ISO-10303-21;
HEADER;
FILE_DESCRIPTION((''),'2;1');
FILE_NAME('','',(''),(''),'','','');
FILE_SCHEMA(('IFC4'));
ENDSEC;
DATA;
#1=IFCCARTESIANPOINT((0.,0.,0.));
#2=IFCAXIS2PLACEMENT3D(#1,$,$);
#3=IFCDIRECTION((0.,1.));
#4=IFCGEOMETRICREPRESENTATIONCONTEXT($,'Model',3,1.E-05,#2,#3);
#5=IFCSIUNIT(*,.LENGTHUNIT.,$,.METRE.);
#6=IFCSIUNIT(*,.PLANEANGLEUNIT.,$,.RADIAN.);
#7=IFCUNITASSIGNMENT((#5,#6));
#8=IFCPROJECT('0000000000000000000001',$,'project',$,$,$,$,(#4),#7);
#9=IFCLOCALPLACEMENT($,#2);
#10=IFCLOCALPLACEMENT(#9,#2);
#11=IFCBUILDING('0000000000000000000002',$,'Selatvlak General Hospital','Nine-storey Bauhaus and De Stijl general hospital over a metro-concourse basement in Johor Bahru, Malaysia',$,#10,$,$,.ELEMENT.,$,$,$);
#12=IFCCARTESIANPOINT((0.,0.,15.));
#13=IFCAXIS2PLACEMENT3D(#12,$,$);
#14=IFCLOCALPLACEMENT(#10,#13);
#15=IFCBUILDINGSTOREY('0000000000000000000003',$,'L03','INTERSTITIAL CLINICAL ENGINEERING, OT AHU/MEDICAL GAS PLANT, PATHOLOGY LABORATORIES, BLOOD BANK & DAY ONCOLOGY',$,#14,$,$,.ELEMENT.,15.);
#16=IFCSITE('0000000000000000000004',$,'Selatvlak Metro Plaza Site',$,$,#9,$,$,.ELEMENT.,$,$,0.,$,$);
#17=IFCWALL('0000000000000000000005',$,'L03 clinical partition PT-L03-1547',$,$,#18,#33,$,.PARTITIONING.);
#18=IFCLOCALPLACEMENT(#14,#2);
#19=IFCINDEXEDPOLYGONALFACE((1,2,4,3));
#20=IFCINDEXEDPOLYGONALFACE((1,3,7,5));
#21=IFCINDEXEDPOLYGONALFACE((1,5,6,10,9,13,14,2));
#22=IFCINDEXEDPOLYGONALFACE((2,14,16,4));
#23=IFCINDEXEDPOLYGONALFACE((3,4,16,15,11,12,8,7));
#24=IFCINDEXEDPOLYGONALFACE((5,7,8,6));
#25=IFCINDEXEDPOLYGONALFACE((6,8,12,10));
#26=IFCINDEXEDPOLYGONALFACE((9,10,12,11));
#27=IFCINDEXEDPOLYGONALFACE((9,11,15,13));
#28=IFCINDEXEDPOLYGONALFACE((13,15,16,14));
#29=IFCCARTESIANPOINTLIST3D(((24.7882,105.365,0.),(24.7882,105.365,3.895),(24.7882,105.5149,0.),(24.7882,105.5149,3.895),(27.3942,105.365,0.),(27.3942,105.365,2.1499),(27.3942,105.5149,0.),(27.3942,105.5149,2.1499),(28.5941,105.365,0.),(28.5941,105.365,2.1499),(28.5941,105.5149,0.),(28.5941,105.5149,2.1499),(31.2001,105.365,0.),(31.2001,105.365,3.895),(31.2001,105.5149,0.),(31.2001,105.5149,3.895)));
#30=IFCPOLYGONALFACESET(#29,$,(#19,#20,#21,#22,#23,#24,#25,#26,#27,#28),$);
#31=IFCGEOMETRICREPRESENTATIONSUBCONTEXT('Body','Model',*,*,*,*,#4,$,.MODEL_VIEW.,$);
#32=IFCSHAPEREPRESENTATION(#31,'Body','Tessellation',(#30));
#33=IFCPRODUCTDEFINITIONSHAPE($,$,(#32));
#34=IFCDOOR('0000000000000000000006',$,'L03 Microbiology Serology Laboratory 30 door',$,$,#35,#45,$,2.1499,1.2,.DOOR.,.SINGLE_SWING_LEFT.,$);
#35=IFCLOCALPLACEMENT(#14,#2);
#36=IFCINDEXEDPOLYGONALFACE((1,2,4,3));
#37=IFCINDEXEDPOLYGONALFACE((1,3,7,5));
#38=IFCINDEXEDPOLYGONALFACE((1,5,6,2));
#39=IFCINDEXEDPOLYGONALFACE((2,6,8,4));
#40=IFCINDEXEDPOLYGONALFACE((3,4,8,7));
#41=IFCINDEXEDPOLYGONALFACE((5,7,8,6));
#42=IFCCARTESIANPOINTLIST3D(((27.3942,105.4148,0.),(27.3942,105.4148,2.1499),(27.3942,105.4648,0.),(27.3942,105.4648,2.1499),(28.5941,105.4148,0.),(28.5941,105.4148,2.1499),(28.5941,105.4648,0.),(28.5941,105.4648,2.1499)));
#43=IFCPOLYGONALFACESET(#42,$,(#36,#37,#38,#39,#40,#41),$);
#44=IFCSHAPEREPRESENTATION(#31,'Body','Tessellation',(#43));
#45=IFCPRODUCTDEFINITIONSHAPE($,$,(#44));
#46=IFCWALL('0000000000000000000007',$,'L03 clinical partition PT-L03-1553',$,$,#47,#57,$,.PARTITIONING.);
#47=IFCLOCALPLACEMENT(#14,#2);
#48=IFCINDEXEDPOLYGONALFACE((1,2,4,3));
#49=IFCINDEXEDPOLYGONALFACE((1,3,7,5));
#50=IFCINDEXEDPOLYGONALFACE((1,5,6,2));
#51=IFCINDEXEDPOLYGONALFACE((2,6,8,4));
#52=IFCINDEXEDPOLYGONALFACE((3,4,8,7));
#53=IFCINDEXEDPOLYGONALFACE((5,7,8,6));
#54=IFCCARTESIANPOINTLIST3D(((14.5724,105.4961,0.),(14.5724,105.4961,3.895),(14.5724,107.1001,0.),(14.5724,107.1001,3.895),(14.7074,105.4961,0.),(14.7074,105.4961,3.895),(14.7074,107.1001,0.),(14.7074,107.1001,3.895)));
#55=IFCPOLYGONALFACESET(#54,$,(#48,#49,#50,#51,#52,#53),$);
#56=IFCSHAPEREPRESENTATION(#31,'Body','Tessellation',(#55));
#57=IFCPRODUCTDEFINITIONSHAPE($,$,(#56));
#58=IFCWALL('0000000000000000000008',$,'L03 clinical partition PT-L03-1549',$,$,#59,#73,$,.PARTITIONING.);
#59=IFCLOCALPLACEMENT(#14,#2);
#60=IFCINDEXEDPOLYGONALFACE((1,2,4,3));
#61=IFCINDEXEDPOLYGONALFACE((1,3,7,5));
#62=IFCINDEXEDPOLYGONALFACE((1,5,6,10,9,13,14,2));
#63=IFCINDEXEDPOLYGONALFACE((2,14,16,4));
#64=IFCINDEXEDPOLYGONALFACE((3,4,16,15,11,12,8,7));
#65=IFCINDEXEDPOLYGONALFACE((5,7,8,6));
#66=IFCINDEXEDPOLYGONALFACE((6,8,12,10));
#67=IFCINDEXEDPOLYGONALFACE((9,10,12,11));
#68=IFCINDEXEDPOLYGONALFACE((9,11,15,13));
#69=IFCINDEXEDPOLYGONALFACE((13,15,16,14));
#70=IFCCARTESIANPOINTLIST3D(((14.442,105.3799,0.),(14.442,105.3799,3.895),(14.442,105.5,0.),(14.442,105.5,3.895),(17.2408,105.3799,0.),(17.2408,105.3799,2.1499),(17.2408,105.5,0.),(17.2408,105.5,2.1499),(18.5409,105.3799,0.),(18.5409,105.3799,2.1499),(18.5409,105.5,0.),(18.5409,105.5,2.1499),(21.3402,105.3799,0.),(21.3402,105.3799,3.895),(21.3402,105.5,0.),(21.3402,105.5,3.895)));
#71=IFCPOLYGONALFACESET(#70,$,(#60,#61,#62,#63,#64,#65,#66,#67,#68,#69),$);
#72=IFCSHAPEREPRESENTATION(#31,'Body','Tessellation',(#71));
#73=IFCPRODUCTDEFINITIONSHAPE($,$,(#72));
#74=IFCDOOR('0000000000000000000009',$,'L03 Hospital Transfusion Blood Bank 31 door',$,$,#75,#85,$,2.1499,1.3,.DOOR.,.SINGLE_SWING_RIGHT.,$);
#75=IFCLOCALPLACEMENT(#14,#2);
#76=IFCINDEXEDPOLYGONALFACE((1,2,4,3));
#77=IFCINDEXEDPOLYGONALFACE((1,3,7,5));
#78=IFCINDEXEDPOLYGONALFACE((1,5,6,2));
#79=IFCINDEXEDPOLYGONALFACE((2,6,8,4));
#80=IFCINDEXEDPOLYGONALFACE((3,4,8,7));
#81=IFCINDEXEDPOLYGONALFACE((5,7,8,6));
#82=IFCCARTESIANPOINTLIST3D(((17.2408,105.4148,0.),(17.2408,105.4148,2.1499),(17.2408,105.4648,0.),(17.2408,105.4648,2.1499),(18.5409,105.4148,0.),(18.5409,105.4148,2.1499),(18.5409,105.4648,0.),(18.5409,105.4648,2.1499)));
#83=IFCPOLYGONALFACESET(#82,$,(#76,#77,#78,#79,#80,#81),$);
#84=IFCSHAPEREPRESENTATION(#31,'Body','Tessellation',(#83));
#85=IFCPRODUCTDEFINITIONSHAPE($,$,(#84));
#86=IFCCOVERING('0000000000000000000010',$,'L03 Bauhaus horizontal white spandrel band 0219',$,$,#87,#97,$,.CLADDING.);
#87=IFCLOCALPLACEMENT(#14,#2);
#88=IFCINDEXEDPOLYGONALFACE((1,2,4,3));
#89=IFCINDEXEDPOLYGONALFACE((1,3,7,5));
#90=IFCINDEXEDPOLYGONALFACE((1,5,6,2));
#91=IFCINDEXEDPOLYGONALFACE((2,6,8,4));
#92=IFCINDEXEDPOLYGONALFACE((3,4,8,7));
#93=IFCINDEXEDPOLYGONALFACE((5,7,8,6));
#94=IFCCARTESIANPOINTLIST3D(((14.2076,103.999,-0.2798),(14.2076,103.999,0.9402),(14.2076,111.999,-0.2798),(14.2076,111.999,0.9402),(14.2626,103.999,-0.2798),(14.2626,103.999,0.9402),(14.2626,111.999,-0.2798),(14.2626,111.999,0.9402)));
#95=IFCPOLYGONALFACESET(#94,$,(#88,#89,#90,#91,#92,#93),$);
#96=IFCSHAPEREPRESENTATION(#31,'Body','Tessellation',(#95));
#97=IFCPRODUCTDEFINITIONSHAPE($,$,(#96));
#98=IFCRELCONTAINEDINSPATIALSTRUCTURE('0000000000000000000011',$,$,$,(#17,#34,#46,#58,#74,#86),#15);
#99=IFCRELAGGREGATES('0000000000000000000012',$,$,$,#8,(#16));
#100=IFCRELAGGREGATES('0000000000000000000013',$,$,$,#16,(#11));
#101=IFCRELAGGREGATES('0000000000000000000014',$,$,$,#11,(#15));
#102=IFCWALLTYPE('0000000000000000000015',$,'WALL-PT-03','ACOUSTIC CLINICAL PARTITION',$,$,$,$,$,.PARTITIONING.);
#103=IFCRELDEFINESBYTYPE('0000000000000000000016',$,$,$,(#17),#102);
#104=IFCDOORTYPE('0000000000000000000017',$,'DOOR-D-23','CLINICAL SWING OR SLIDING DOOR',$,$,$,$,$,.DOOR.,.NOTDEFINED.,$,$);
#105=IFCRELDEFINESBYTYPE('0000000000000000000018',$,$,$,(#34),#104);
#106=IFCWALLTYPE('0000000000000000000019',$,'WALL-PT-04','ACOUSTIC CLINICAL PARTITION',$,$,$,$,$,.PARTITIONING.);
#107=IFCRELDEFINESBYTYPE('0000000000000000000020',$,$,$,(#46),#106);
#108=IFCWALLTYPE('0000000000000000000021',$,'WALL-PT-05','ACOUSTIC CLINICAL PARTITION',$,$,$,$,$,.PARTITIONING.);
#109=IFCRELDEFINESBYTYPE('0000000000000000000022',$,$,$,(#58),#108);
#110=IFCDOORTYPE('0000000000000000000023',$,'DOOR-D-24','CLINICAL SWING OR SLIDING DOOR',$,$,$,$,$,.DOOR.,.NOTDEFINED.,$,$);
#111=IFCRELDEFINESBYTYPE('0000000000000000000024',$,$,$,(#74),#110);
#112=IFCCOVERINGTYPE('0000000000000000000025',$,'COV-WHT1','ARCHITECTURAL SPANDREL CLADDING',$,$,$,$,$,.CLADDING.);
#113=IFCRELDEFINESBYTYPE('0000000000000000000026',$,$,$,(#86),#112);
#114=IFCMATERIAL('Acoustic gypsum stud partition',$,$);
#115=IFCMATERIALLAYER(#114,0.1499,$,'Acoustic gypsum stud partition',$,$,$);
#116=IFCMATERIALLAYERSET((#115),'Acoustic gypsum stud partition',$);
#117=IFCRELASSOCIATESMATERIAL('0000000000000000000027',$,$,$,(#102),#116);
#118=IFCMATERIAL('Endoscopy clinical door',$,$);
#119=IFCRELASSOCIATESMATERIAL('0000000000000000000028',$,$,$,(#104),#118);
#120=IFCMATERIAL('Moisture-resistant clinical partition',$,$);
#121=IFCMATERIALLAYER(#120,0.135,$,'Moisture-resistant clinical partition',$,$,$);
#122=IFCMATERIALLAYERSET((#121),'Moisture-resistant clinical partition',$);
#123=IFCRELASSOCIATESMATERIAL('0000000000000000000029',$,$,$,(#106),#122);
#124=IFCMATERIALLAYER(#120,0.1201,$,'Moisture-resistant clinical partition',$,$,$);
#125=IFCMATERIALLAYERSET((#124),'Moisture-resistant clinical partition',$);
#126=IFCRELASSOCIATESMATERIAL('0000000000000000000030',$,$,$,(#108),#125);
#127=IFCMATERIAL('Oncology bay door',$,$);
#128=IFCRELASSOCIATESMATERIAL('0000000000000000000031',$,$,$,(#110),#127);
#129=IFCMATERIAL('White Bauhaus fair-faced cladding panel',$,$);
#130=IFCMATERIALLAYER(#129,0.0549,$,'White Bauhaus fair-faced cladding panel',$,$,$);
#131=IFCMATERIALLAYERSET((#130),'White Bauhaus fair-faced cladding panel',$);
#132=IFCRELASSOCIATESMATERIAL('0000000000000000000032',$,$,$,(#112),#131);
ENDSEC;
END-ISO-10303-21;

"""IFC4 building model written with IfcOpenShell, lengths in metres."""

from ifc_helpers import new_model, si_unit, direction, frame, frame_2d, origin, origin_2d, place, context, subcontext, project, spatial, rectangle, extrude, material, layer, layer_set, type_object, element, fill, save


model = new_model("IFC4")

# Units and contexts
model_context = context("Model", 3, precision=1e-05, world=origin(), true_north=direction((0.0, 1.0)))
body_context = subcontext(model_context, "Body", "Model", "MODEL_VIEW")
ifc_project = project(units=[si_unit("LENGTHUNIT", "METRE"), si_unit("PLANEANGLEUNIT", "RADIAN")], contexts=[model_context])

# Site, building, storey
site_placement = place(None, origin())
site = spatial("IfcSite", under=ifc_project, at=site_placement, Name="Selatvlak Metro Plaza Site", CompositionType="ELEMENT", RefElevation=0.0)
building_placement = place(site_placement, origin())
building = spatial("IfcBuilding", under=site, at=building_placement, Name="Selatvlak General Hospital", Description="Nine-storey Bauhaus and De Stijl general hospital over a metro-concourse basement in Johor Bahru, Malaysia", CompositionType="ELEMENT")
storey_placement = place(building_placement, frame((0.0, 0.0, 15.0)))
storey = spatial("IfcBuildingStorey", under=building, at=storey_placement, Name="L03", Description="INTERSTITIAL CLINICAL ENGINEERING, OT AHU/MEDICAL GAS PLANT, PATHOLOGY LABORATORIES, BLOOD BANK & DAY ONCOLOGY", CompositionType="ELEMENT", Elevation=15.0)

# Shared definitions
ifc_material_1 = material(Name="Acoustic gypsum stud partition")

# Wall, opening, door
ifc_layer_1 = layer(ifc_material_1, 0.1499, Name="Acoustic gypsum stud partition")
ifc_layer_set_1 = layer_set([ifc_layer_1], Name="Acoustic gypsum stud partition")
wall_type_1 = type_object("IfcWallType", Name="WALL-PT-03", Description="ACOUSTIC CLINICAL PARTITION", PredefinedType="PARTITIONING", material=ifc_layer_set_1)
wall_1_placement = place(storey_placement, frame((24.7881, 105.4399, 0.0), z_axis=(0.0, 0.0, 1.0), x_axis=(1.0, 0.0, 0.0)))
wall_1 = element("IfcWall", 1, at=wall_1_placement, inside=storey, type_object=wall_type_1, Name="L03 clinical partition PT-L03-1547", PredefinedType="PARTITIONING", context=body_context, shape_type="SweptSolid", body=[
    extrude(rectangle(XDim=6.4119, YDim=0.1499, at=frame_2d((3.2061, 0.0))), origin(), (0.0, 0.0, 1.0), 3.895),
])
opening_1_placement = place(wall_1_placement, frame((2.606, 0.0, 0.0)))
opening_1 = element("IfcOpeningElement", 2, at=opening_1_placement, cuts=wall_1, PredefinedType="OPENING", context=body_context, shape_type="SweptSolid", body=[
    extrude(rectangle(XDim=1.2, YDim=2.1499, at=frame_2d((0.6001, 1.075))), frame((0.0, 0.085, 0.0), z_axis=(0.0, -1.0, 0.0), x_axis=(1.0, 0.0, 0.0)), (0.0, 0.0, 1.0), 0.1699),
])
ifc_material_2 = material(Name="Endoscopy clinical door")
door_type_1 = type_object("IfcDoorType", Name="DOOR-D-23", Description="CLINICAL SWING OR SLIDING DOOR", OperationType="NOTDEFINED", PredefinedType="DOOR", material=ifc_material_2)
door_1_placement = place(opening_1_placement, origin())
door_1 = element("IfcDoor", 3, at=door_1_placement, inside=storey, type_object=door_type_1, Name="L03 Microbiology Serology Laboratory 30 door", OperationType="SINGLE_SWING_LEFT", OverallHeight=2.1499, OverallWidth=1.2, PredefinedType="DOOR", context=body_context, shape_type="SweptSolid", body=[
    extrude(rectangle(XDim=1.2, YDim=2.1499, at=frame_2d((0.6001, 1.075))), frame((0.0, 0.0249, 0.0), z_axis=(0.0, -1.0, 0.0), x_axis=(1.0, 0.0, 0.0)), (0.0, 0.0, 1.0), 0.05),
])
fill(opening_1, door_1)

# Wall
ifc_material_3 = material(Name="Moisture-resistant clinical partition")
ifc_layer_2 = layer(ifc_material_3, 0.135, Name="Moisture-resistant clinical partition")
ifc_layer_set_2 = layer_set([ifc_layer_2], Name="Moisture-resistant clinical partition")
wall_type_2 = type_object("IfcWallType", Name="WALL-PT-04", Description="ACOUSTIC CLINICAL PARTITION", PredefinedType="PARTITIONING", material=ifc_layer_set_2)
wall_2_placement = place(storey_placement, frame((14.6399, 107.1001, 0.0), z_axis=(0.0, 0.0, 1.0), x_axis=(0.0, -1.0, 0.0)))
element("IfcWall", 4, at=wall_2_placement, inside=storey, type_object=wall_type_2, Name="L03 clinical partition PT-L03-1553", PredefinedType="PARTITIONING", context=body_context, shape_type="SweptSolid", body=[
    extrude(rectangle(XDim=1.604, YDim=0.135, at=frame_2d((0.802, 0.0))), origin(), (0.0, 0.0, 1.0), 3.895),
])

# Wall, opening, door
ifc_layer_3 = layer(ifc_material_3, 0.1201, Name="Moisture-resistant clinical partition")
ifc_layer_set_3 = layer_set([ifc_layer_3], Name="Moisture-resistant clinical partition")
wall_type_3 = type_object("IfcWallType", Name="WALL-PT-05", Description="ACOUSTIC CLINICAL PARTITION", PredefinedType="PARTITIONING", material=ifc_layer_set_3)
wall_3_placement = place(storey_placement, frame((14.4419, 105.4399, 0.0), z_axis=(0.0, 0.0, 1.0), x_axis=(1.0, 0.0, 0.0)))
wall_3 = element("IfcWall", 5, at=wall_3_placement, inside=storey, type_object=wall_type_3, Name="L03 clinical partition PT-L03-1549", PredefinedType="PARTITIONING", context=body_context, shape_type="SweptSolid", body=[
    extrude(rectangle(XDim=6.8982, YDim=0.1201, at=frame_2d((3.4492, 0.0))), origin(), (0.0, 0.0, 1.0), 3.895),
])
opening_2_placement = place(wall_3_placement, frame((2.7991, 0.0, 0.0)))
opening_2 = element("IfcOpeningElement", 6, at=opening_2_placement, cuts=wall_3, PredefinedType="OPENING", context=body_context, shape_type="SweptSolid", body=[
    extrude(rectangle(XDim=1.3, YDim=2.1499, at=frame_2d((0.6499, 1.075))), frame((0.0, 0.0701, 0.0), z_axis=(0.0, -1.0, 0.0), x_axis=(1.0, 0.0, 0.0)), (0.0, 0.0, 1.0), 0.1401),
])
ifc_material_4 = material(Name="Oncology bay door")
door_type_2 = type_object("IfcDoorType", Name="DOOR-D-24", Description="CLINICAL SWING OR SLIDING DOOR", OperationType="NOTDEFINED", PredefinedType="DOOR", material=ifc_material_4)
door_2_placement = place(opening_2_placement, origin())
door_2 = element("IfcDoor", 7, at=door_2_placement, inside=storey, type_object=door_type_2, Name="L03 Hospital Transfusion Blood Bank 31 door", OperationType="SINGLE_SWING_RIGHT", OverallHeight=2.1499, OverallWidth=1.3, PredefinedType="DOOR", context=body_context, shape_type="SweptSolid", body=[
    extrude(rectangle(XDim=1.3, YDim=2.1499, at=frame_2d((0.6499, 1.075))), frame((0.0, 0.0249, 0.0), z_axis=(0.0, -1.0, 0.0), x_axis=(1.0, 0.0, 0.0)), (0.0, 0.0, 1.0), 0.05),
])
fill(opening_2, door_2)

# Covering
ifc_material_5 = material(Name="White Bauhaus fair-faced cladding panel")
ifc_layer_4 = layer(ifc_material_5, 0.0549, Name="White Bauhaus fair-faced cladding panel")
ifc_layer_set_4 = layer_set([ifc_layer_4], Name="White Bauhaus fair-faced cladding panel")
covering_type = type_object("IfcCoveringType", Name="COV-WHT1", Description="ARCHITECTURAL SPANDREL CLADDING", PredefinedType="CLADDING", material=ifc_layer_set_4)
covering_placement = place(storey_placement, frame((14.2351, 107.999, -0.2798), z_axis=(0.0, 0.0, 1.0), x_axis=(0.0, 1.0, 0.0)))
element("IfcCovering", 8, at=covering_placement, inside=storey, type_object=covering_type, Name="L03 Bauhaus horizontal white spandrel band 0219", PredefinedType="CLADDING", context=body_context, shape_type="SweptSolid", body=[
    extrude(rectangle(XDim=8.0, YDim=0.0549, at=origin_2d()), origin(), (0.0, 0.0, 1.0), 1.22),
])

save(model, "model.ifc")
